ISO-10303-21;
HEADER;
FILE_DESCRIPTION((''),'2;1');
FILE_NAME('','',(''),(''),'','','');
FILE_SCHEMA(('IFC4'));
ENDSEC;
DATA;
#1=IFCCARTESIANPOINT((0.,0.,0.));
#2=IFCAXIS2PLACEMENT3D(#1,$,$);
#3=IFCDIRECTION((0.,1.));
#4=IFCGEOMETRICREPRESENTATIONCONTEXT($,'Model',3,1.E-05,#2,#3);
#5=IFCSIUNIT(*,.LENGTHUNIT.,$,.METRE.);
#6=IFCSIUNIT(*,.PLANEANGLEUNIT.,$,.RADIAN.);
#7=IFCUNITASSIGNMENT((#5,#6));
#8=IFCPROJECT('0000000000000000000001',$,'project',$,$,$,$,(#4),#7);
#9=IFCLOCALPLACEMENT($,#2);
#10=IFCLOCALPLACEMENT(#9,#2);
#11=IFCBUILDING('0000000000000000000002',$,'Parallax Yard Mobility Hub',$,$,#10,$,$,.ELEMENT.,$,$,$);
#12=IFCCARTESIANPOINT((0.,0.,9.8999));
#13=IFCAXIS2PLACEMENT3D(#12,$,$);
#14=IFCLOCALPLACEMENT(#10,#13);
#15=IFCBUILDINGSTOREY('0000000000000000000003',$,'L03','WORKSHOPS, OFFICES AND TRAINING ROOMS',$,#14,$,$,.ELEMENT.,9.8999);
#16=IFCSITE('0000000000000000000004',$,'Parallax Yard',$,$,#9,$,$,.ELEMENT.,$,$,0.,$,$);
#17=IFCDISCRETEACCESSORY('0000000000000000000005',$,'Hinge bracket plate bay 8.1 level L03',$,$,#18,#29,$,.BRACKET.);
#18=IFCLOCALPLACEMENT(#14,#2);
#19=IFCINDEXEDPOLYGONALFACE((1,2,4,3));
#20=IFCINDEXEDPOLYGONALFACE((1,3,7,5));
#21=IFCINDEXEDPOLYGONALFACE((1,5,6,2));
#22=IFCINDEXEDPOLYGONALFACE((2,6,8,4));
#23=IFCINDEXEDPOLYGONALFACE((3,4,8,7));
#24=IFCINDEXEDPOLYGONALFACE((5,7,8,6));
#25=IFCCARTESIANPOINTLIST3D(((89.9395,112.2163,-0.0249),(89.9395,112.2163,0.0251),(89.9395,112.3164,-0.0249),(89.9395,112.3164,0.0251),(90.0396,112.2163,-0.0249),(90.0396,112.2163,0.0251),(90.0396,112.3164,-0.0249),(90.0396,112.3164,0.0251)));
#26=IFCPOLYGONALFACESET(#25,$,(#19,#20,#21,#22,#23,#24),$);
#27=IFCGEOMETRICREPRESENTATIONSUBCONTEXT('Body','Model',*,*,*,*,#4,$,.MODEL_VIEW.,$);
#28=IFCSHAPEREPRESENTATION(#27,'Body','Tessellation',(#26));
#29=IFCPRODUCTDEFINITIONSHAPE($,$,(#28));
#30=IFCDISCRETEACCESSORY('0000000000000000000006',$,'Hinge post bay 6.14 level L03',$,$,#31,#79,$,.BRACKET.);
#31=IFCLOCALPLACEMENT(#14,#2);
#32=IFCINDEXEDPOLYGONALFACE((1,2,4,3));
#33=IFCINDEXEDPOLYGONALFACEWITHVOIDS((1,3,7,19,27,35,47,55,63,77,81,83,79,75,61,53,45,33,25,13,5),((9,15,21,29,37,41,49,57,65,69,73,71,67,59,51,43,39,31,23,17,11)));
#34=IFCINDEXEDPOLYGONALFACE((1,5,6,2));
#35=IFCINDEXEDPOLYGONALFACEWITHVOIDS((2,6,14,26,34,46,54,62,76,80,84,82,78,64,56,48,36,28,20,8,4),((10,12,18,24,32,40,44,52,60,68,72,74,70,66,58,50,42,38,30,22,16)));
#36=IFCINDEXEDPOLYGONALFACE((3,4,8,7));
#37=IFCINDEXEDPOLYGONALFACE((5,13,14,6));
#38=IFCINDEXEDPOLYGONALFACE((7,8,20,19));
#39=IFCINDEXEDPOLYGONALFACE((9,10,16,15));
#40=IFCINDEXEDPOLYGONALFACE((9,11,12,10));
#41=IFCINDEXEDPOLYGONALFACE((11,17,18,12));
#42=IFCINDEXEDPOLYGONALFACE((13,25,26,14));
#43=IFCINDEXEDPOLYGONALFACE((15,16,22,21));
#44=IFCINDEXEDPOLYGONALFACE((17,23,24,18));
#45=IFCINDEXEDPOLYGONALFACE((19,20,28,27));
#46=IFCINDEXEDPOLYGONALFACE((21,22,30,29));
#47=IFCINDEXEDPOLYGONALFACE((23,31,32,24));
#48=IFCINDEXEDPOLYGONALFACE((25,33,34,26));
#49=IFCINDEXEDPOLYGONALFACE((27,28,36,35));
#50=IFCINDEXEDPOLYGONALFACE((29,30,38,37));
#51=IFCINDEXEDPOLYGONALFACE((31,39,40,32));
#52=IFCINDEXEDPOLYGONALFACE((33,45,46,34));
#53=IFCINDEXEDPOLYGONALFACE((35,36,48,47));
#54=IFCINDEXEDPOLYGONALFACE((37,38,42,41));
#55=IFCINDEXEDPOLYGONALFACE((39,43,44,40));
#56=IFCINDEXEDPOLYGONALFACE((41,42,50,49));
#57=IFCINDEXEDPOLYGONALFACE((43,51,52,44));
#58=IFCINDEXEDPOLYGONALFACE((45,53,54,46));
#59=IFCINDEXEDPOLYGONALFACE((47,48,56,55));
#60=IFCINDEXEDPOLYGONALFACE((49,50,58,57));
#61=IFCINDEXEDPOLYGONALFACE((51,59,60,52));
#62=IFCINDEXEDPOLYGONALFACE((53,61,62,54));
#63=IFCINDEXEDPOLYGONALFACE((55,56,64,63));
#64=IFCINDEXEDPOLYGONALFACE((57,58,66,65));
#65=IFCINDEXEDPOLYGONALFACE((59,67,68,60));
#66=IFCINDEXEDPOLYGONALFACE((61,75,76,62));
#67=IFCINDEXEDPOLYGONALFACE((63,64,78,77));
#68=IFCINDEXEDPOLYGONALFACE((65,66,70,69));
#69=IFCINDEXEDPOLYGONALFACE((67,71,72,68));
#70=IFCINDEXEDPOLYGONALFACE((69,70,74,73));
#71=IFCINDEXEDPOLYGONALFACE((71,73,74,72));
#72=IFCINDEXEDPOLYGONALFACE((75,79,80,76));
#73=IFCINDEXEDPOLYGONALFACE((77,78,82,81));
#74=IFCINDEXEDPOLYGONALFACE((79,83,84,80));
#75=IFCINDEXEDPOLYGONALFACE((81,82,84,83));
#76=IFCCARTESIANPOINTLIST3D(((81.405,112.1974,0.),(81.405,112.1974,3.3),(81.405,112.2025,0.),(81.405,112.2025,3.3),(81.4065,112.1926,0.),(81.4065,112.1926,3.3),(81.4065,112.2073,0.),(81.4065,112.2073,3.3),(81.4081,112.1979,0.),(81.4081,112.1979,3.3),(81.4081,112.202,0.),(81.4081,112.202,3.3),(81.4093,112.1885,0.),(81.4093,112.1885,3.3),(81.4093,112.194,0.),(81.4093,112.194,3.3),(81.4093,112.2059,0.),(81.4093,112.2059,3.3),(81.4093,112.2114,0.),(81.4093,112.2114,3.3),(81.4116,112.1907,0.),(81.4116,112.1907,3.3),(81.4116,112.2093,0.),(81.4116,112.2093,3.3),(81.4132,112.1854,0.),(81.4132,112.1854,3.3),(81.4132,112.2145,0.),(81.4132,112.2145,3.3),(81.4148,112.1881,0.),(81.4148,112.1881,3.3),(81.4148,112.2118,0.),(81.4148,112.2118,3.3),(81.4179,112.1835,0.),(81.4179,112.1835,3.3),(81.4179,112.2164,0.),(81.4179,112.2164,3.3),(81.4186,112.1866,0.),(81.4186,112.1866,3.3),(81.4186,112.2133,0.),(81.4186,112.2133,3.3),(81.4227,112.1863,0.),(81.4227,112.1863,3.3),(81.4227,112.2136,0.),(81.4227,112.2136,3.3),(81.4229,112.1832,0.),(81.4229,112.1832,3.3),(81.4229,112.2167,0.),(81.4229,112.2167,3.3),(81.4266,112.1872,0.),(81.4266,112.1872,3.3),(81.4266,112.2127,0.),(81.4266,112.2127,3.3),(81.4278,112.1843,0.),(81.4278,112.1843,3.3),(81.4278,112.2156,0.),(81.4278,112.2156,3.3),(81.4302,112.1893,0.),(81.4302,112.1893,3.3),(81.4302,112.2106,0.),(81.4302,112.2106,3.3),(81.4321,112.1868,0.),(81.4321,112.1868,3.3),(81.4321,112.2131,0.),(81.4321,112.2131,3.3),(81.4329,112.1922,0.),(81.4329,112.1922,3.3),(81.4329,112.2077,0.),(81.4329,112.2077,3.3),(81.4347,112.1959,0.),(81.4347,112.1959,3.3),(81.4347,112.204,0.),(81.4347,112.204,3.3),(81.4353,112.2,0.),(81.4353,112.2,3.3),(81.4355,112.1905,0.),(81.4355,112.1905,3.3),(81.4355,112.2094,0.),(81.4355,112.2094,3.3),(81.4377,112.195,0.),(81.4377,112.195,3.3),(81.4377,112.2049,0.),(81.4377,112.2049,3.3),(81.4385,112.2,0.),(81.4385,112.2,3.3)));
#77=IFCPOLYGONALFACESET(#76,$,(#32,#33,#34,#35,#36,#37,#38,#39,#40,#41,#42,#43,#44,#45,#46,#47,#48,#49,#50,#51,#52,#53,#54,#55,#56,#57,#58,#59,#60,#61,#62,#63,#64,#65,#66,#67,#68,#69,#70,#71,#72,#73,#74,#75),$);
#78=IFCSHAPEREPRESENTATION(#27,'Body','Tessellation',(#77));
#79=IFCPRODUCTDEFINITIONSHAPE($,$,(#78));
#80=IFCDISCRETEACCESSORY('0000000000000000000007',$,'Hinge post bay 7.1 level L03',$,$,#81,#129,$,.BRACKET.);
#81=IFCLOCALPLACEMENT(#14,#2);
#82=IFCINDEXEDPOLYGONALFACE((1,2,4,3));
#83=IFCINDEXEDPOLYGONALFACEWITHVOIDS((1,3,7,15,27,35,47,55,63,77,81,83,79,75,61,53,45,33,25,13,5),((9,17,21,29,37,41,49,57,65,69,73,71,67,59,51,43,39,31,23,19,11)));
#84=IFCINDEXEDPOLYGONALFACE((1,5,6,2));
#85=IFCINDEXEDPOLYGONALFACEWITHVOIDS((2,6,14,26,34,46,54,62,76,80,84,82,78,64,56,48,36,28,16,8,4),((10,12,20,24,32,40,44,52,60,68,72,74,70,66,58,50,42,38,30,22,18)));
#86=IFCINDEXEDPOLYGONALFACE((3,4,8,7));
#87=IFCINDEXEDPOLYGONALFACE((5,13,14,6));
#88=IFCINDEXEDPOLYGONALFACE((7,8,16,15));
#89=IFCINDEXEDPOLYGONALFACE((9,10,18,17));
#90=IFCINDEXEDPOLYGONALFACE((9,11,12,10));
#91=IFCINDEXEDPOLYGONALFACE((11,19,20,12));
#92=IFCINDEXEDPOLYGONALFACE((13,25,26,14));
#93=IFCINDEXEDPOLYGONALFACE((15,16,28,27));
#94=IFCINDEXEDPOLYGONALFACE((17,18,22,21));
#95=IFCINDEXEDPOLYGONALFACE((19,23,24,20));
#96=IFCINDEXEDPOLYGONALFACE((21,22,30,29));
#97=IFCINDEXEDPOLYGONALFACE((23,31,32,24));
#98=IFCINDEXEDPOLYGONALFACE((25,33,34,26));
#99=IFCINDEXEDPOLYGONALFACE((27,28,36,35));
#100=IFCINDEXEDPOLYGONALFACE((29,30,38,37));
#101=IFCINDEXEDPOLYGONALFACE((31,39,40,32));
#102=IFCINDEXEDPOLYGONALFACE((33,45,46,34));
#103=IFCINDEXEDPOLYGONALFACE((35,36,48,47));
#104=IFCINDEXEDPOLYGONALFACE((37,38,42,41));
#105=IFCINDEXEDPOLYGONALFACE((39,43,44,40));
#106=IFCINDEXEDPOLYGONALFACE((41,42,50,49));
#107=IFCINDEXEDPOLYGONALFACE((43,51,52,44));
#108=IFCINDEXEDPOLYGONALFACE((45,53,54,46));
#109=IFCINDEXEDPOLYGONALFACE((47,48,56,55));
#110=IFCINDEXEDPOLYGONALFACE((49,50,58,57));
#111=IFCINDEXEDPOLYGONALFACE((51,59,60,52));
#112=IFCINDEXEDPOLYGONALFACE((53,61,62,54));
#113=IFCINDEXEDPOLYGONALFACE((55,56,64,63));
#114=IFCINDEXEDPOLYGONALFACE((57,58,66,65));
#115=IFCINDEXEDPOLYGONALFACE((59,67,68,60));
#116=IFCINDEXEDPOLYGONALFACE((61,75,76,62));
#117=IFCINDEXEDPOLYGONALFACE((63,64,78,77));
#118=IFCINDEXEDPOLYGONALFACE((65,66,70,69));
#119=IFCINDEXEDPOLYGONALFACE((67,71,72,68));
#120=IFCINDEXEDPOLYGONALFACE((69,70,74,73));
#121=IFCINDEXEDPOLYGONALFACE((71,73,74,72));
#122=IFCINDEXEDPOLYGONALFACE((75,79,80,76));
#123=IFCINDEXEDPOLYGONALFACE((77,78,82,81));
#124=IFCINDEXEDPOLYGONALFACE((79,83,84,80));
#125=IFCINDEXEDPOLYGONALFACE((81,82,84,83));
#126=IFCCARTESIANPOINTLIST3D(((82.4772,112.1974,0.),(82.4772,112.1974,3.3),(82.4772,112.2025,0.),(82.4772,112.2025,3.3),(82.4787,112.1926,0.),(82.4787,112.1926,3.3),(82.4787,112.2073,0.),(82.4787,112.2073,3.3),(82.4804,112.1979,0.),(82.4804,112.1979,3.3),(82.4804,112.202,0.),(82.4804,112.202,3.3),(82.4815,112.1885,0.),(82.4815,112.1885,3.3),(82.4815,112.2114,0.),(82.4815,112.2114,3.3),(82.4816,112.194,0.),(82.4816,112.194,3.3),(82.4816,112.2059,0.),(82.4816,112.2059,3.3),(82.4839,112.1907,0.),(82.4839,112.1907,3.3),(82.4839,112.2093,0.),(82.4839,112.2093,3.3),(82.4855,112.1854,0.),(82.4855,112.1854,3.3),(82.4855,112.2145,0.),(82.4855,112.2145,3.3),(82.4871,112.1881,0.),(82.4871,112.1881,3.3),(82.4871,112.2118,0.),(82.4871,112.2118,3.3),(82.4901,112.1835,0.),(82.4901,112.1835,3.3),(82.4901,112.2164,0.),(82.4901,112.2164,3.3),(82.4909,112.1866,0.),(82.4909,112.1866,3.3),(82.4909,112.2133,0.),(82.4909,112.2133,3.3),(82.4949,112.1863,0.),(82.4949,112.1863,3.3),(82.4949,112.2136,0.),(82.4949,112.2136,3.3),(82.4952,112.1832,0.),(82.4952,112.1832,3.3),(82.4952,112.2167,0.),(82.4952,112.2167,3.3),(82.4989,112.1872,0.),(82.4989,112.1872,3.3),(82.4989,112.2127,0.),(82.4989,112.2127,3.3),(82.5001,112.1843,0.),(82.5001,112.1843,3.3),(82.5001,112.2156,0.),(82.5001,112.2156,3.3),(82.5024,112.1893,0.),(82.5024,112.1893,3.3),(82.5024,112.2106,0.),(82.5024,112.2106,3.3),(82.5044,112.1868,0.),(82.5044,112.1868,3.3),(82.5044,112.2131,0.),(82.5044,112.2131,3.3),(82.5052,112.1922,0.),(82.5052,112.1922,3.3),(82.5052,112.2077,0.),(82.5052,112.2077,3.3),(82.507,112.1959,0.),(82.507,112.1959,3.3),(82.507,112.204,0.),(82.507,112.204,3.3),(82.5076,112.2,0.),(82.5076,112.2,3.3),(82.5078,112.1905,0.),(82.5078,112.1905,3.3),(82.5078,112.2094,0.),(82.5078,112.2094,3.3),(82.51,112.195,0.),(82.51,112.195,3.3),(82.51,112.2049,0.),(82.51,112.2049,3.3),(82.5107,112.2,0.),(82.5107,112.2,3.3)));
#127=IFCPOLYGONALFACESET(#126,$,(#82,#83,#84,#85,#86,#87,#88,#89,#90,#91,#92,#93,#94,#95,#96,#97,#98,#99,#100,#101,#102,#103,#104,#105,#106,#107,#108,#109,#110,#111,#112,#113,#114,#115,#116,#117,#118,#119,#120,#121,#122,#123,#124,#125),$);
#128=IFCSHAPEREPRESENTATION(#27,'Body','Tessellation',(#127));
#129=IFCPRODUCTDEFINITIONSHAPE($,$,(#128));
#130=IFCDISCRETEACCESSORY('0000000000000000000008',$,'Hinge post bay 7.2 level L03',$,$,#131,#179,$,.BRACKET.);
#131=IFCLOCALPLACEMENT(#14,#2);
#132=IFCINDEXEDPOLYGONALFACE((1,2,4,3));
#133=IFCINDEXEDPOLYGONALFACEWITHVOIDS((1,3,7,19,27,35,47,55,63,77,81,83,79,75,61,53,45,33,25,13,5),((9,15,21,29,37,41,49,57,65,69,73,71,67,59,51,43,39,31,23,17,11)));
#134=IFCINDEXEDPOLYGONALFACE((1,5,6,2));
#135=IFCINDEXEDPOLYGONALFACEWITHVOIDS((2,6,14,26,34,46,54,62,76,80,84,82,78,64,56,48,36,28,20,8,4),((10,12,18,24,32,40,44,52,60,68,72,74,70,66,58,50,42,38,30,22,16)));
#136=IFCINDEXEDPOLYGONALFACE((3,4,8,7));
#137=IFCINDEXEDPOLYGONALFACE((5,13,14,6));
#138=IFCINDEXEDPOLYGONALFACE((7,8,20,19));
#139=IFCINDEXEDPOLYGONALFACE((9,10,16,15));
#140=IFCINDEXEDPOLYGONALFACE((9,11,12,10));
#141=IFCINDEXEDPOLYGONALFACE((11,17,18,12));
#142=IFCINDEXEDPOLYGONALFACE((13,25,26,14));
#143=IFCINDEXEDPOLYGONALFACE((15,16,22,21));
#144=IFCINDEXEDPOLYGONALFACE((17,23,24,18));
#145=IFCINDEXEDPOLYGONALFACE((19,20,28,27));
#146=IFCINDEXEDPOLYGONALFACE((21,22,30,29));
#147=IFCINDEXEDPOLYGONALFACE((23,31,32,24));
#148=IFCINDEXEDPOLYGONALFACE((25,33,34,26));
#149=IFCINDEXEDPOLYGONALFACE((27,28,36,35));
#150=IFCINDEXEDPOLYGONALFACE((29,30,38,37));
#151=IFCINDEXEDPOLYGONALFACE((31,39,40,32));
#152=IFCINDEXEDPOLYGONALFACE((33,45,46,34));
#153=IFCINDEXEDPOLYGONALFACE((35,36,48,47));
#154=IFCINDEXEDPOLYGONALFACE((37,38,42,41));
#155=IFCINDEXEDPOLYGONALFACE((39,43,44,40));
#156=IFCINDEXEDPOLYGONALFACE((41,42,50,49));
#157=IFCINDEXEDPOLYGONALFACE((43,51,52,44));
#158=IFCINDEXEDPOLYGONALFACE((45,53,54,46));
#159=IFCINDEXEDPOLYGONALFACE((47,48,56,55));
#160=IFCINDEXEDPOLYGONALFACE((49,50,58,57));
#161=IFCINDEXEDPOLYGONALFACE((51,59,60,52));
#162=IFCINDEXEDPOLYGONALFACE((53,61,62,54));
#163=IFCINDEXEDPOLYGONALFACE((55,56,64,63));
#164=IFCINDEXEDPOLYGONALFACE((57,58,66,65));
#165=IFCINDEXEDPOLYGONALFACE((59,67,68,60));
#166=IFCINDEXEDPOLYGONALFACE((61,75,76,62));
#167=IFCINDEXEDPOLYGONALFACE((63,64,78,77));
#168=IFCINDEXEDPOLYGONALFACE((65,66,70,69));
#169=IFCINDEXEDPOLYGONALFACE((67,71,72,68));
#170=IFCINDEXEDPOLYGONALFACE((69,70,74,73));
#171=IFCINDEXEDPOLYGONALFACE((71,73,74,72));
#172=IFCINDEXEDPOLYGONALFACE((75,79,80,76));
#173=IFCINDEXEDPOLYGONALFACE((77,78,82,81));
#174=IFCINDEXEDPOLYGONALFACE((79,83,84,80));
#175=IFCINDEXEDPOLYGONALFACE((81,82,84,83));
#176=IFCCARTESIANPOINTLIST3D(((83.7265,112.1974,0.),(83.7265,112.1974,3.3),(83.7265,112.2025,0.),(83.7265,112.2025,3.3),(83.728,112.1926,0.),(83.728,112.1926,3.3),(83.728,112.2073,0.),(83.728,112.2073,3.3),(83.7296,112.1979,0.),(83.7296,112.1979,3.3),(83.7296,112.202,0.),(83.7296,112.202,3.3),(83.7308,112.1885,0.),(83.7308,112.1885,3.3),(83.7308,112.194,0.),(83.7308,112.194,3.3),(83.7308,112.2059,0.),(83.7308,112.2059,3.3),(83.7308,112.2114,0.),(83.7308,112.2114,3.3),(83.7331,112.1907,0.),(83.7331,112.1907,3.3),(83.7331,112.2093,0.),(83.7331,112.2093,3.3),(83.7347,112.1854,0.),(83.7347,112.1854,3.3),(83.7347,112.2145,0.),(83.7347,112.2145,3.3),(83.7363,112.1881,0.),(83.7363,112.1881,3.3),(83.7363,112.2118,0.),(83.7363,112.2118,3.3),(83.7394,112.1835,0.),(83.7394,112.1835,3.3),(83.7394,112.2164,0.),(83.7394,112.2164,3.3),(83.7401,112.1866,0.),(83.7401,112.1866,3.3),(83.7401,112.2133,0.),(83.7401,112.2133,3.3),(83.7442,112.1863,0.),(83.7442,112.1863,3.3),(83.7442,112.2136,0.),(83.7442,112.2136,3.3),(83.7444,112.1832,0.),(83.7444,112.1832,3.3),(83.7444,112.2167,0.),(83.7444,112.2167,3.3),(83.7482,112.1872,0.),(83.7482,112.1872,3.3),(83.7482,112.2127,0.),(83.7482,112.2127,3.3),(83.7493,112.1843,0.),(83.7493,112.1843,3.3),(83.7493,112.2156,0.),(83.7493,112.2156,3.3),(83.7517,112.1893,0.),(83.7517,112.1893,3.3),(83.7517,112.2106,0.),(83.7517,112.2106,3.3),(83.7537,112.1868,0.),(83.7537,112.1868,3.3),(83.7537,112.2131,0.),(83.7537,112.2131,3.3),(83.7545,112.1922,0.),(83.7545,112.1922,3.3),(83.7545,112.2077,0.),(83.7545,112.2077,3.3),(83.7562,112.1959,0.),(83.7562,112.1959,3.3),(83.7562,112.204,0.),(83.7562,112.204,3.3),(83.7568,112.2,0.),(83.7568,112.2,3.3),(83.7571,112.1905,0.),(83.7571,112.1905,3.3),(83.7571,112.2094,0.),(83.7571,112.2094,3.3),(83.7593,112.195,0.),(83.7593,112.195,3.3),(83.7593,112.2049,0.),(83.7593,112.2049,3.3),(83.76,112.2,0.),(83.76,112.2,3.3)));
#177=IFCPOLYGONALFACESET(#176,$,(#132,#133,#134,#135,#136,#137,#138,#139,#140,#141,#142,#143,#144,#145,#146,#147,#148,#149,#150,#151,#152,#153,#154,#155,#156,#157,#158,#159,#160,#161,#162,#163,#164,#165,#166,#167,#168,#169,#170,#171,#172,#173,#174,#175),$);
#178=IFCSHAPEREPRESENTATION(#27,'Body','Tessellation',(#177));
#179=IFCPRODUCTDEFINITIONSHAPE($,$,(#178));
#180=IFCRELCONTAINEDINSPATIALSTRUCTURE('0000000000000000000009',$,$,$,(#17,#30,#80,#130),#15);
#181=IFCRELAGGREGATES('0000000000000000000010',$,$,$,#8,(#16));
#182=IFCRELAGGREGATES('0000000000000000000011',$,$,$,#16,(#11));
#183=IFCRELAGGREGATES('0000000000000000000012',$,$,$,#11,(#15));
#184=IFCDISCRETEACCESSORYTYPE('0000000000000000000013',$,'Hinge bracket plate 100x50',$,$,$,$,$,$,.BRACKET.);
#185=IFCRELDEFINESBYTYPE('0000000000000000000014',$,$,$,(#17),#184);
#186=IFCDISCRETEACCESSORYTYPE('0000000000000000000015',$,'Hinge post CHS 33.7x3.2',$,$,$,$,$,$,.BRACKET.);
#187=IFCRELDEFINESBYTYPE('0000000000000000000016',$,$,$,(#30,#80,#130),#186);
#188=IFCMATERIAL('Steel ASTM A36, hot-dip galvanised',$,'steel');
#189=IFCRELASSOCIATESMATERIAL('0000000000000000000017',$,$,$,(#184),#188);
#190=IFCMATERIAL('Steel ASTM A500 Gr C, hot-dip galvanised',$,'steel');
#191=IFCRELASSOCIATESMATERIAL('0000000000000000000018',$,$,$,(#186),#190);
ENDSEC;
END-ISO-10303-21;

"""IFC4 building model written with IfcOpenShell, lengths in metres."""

from ifc_helpers import new_model, si_unit, direction, frame, origin, origin_2d, place, context, subcontext, project, spatial, rectangle, hollow_circle, extrude, material, material_profile, profile_set, type_object, element, save


model = new_model("IFC4")

# Units and contexts
model_context = context("Model", 3, precision=1e-05, world=origin(), true_north=direction((0.0, 1.0)))
body_context = subcontext(model_context, "Body", "Model", "MODEL_VIEW")
ifc_project = project(units=[si_unit("LENGTHUNIT", "METRE"), si_unit("PLANEANGLEUNIT", "RADIAN")], contexts=[model_context])

# Site, building, storey
site_placement = place(None, origin())
site = spatial("IfcSite", under=ifc_project, at=site_placement, Name="Parallax Yard", CompositionType="ELEMENT", RefElevation=0.0)
building_placement = place(site_placement, origin())
building = spatial("IfcBuilding", under=site, at=building_placement, Name="Parallax Yard Mobility Hub", CompositionType="ELEMENT")
storey_placement = place(building_placement, frame((0.0, 0.0, 9.8999)))
storey = spatial("IfcBuildingStorey", under=building, at=storey_placement, Name="L03", Description="WORKSHOPS, OFFICES AND TRAINING ROOMS", CompositionType="ELEMENT", Elevation=9.8999)

# Discrete accessories
ifc_material_1 = material(Name="Steel ASTM A36, hot-dip galvanised", Category="steel")
discrete_accessory_type_1 = type_object("IfcDiscreteAccessoryType", Name="Hinge bracket plate 100x50", PredefinedType="BRACKET", material=ifc_material_1)
discrete_accessory_placement = place(storey_placement, frame((89.9895, 112.2664, -0.0249), z_axis=(0.0, 0.0, 1.0), x_axis=(0.0, -1.0, 0.0)))
element("IfcDiscreteAccessory", 1, at=discrete_accessory_placement, inside=storey, type_object=discrete_accessory_type_1, Name="Hinge bracket plate bay 8.1 level L03", PredefinedType="BRACKET", context=body_context, shape_type="SweptSolid", body=[
    extrude(rectangle(XDim=0.1001, YDim=0.1001, at=origin_2d()), origin(), (0.0, 0.0, 1.0), 0.05),
])
ifc_material_2 = material(Name="Steel ASTM A500 Gr C, hot-dip galvanised", Category="steel")
ifc_material_profile_1 = material_profile(ifc_material_2, hollow_circle(Radius=0.0168, WallThickness=0.0032, at=origin_2d()), Name="CHS 33.7x3.2")
ifc_profile_set_1 = profile_set([ifc_material_profile_1], Name="Steel ASTM A500 Gr C, hot-dip galvanised")
discrete_accessory_type_2 = type_object("IfcDiscreteAccessoryType", Name="Hinge post CHS 33.7x3.2", PredefinedType="BRACKET", material=ifc_profile_set_1)
for number, where, z_axis, x_axis, name in (
    (2, (81.4216, 112.2, 0.0), (0.0, 0.0, 1.0), (1.0, 0.0, 0.0), "Hinge post bay 6.14 level L03"),
    (3, (82.4939, 112.2, 0.0), (0.0, 0.0, 1.0), (1.0, 0.0, 0.0), "Hinge post bay 7.1 level L03"),
    (4, (83.7432, 112.2, 0.0), (0.0, 0.0, 1.0), (1.0, 0.0, 0.0), "Hinge post bay 7.2 level L03"),
):
    element("IfcDiscreteAccessory", number, at=place(storey_placement, frame(where, z_axis=z_axis, x_axis=x_axis)), inside=storey, type_object=discrete_accessory_type_2, Name=name, PredefinedType="BRACKET", context=body_context, shape_type="SweptSolid", body=[
        extrude(hollow_circle(Radius=0.0168, WallThickness=0.0032, at=origin_2d()), origin(), (0.0, 0.0, 1.0), 3.3),
    ])

save(model, "model.ifc")
